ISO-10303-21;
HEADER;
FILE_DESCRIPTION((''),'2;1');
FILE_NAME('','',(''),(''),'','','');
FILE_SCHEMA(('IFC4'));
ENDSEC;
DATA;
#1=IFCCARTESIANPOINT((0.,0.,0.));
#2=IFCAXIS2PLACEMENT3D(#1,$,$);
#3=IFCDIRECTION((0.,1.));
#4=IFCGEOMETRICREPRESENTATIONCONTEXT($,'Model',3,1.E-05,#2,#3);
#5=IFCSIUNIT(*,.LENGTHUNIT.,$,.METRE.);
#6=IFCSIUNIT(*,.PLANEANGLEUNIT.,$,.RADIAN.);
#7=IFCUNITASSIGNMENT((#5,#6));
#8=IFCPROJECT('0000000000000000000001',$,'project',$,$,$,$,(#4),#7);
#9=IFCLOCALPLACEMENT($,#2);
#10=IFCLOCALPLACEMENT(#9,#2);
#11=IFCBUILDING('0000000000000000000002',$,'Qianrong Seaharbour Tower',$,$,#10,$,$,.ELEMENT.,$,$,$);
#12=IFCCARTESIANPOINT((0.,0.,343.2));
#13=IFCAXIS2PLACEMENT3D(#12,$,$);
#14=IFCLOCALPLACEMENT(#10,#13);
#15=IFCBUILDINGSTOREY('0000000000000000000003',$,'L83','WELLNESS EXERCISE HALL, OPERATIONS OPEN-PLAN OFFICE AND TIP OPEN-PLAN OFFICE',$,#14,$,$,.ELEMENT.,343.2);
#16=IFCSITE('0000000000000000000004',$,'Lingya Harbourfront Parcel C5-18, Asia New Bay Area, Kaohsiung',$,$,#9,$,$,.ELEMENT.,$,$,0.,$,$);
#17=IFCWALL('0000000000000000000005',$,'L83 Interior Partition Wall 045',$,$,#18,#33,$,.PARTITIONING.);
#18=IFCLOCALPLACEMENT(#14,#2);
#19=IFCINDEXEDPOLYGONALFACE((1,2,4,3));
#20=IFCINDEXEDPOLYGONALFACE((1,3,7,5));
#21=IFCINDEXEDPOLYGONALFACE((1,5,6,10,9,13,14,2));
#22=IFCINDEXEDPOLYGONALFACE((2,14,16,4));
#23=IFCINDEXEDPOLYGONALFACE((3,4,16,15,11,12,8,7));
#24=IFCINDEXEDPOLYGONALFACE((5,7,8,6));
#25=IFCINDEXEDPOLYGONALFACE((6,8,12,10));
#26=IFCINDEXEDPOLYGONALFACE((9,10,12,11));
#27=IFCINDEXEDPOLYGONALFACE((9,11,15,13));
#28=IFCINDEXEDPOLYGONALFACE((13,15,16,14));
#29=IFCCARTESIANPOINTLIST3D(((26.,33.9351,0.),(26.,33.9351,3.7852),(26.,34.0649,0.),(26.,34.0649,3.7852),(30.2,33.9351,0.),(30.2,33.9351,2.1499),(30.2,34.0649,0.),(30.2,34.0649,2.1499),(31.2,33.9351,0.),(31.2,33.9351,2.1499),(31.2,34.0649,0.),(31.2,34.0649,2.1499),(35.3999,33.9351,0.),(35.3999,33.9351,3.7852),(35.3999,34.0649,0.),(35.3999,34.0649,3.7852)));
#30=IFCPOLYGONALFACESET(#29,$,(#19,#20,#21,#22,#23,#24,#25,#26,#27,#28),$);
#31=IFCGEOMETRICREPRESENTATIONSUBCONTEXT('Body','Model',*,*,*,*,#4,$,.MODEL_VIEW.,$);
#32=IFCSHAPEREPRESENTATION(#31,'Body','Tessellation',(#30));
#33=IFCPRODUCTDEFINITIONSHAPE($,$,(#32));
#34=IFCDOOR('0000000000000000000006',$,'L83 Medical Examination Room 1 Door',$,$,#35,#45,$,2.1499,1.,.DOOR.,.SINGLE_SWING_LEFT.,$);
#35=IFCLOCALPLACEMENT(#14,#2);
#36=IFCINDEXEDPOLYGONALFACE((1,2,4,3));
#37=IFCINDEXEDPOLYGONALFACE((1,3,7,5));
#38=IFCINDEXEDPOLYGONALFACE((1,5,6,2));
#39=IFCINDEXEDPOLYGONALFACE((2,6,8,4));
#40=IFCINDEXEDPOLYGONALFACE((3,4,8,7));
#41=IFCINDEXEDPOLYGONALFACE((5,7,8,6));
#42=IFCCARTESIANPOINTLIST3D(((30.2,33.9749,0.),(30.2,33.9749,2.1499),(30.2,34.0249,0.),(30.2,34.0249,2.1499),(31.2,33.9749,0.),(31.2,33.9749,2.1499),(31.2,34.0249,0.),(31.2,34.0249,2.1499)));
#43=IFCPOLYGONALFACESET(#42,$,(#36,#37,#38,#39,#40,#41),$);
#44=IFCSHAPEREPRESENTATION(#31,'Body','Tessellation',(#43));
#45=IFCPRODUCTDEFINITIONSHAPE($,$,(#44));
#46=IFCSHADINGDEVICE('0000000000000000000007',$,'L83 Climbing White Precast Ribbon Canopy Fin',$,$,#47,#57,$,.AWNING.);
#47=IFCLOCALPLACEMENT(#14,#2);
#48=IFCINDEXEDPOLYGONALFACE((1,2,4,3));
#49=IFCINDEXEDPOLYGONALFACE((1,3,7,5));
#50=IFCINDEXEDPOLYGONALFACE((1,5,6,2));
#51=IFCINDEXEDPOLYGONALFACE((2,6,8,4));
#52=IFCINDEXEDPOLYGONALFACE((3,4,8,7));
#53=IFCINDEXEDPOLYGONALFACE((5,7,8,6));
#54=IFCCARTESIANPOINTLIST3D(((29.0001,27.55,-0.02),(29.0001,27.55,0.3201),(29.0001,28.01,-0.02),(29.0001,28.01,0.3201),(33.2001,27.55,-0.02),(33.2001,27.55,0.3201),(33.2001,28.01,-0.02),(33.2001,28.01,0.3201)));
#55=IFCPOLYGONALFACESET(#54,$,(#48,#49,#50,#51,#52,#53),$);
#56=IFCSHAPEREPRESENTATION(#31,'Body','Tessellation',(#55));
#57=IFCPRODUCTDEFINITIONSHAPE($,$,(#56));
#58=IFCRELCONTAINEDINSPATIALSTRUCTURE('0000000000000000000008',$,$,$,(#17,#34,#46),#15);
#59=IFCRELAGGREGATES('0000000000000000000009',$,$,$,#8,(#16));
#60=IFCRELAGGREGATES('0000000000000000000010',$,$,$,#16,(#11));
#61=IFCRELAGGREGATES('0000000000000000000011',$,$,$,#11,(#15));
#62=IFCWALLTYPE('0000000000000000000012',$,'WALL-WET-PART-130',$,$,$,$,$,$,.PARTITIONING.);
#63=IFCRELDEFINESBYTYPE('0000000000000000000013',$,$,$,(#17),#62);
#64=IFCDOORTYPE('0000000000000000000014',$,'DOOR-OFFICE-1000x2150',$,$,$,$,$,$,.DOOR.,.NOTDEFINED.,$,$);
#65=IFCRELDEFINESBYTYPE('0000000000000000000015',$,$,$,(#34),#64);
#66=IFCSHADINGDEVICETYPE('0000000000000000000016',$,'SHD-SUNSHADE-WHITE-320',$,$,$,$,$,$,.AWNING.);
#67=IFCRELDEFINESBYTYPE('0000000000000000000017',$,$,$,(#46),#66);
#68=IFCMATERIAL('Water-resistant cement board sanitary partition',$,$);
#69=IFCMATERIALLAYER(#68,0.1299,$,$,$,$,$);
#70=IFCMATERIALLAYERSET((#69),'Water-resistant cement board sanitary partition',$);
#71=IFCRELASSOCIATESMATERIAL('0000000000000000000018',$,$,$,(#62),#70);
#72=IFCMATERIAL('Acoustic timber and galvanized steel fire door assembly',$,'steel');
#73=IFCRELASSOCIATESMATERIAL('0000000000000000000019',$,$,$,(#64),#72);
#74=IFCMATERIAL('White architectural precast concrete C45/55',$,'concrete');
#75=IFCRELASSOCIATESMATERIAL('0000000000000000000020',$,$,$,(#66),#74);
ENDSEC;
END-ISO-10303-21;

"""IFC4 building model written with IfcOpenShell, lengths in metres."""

from ifc_helpers import new_model, si_unit, direction, frame, frame_2d, origin, origin_2d, place, context, subcontext, project, spatial, rectangle, extrude, material, layer, layer_set, type_object, element, fill, save


model = new_model("IFC4")

# Units and contexts
model_context = context("Model", 3, precision=1e-05, world=origin(), true_north=direction((0.0, 1.0)))
body_context = subcontext(model_context, "Body", "Model", "MODEL_VIEW")
ifc_project = project(units=[si_unit("LENGTHUNIT", "METRE"), si_unit("PLANEANGLEUNIT", "RADIAN")], contexts=[model_context])

# Site, building, storey
site_placement = place(None, origin())
site = spatial("IfcSite", under=ifc_project, at=site_placement, Name="Lingya Harbourfront Parcel C5-18, Asia New Bay Area, Kaohsiung", CompositionType="ELEMENT", RefElevation=0.0)
building_placement = place(site_placement, origin())
building = spatial("IfcBuilding", under=site, at=building_placement, Name="Qianrong Seaharbour Tower", CompositionType="ELEMENT")
storey_placement = place(building_placement, frame((0.0, 0.0, 343.2)))
storey = spatial("IfcBuildingStorey", under=building, at=storey_placement, Name="L83", Description="WELLNESS EXERCISE HALL, OPERATIONS OPEN-PLAN OFFICE AND TIP OPEN-PLAN OFFICE", CompositionType="ELEMENT", Elevation=343.2)

# Wall, opening, door
ifc_material_1 = material(Name="Water-resistant cement board sanitary partition")
ifc_layer_1 = layer(ifc_material_1, 0.1299)
ifc_layer_set_1 = layer_set([ifc_layer_1], Name="Water-resistant cement board sanitary partition")
wall_type_1 = type_object("IfcWallType", Name="WALL-WET-PART-130", PredefinedType="PARTITIONING", material=ifc_layer_set_1)
ifc_material_2 = material(Name="Acoustic timber and galvanized steel fire door assembly", Category="steel")
door_type = type_object("IfcDoorType", Name="DOOR-OFFICE-1000x2150", OperationType="NOTDEFINED", PredefinedType="DOOR", material=ifc_material_2)
wall_1_placement = place(storey_placement, frame((26.0, 34.0, 0.0), z_axis=(0.0, 0.0, 1.0), x_axis=(1.0, 0.0, 0.0)))
wall_1 = element("IfcWall", 1, at=wall_1_placement, inside=storey, type_object=wall_type_1, Name="L83 Interior Partition Wall 045", PredefinedType="PARTITIONING", context=body_context, shape_type="SweptSolid", body=[
    extrude(rectangle(XDim=9.3999, YDim=0.1299, at=frame_2d((4.7, 0.0))), origin(), (0.0, 0.0, 1.0), 3.7852),
])
opening_1_placement = place(wall_1_placement, frame((4.2, 0.0, 0.0)))
opening_1 = element("IfcOpeningElement", 2, at=opening_1_placement, cuts=wall_1, PredefinedType="OPENING", context=body_context, shape_type="SweptSolid", body=[
    extrude(rectangle(XDim=1.0, YDim=2.1499, at=frame_2d((0.5, 1.075))), frame((0.0, 0.075, 0.0), z_axis=(0.0, -1.0, 0.0), x_axis=(1.0, 0.0, 0.0)), (0.0, 0.0, 1.0), 0.1499),
])
door_1_placement = place(opening_1_placement, origin())
door_1 = element("IfcDoor", 3, at=door_1_placement, inside=storey, type_object=door_type, Name="L83 Medical Examination Room 1 Door", OperationType="SINGLE_SWING_LEFT", OverallHeight=2.1499, OverallWidth=1.0, PredefinedType="DOOR", context=body_context, shape_type="SweptSolid", body=[
    extrude(rectangle(XDim=1.0, YDim=2.1499, at=frame_2d((0.5, 1.075))), frame((0.0, 0.0249, 0.0), z_axis=(0.0, -1.0, 0.0), x_axis=(1.0, 0.0, 0.0)), (0.0, 0.0, 1.0), 0.05),
])
fill(opening_1, door_1)

# Shading device
ifc_material_3 = material(Name="White architectural precast concrete C45/55", Category="concrete")
shading_device_type = type_object("IfcShadingDeviceType", Name="SHD-SUNSHADE-WHITE-320", PredefinedType="AWNING", material=ifc_material_3)
shading_device_placement = place(storey_placement, frame((31.1001, 27.78, -0.02), z_axis=(0.0, 0.0, 1.0), x_axis=(1.0, 0.0, 0.0)))
element("IfcShadingDevice", 4, at=shading_device_placement, inside=storey, type_object=shading_device_type, Name="L83 Climbing White Precast Ribbon Canopy Fin", PredefinedType="AWNING", context=body_context, shape_type="SweptSolid", body=[
    extrude(rectangle(XDim=4.2, YDim=0.46, at=origin_2d()), origin(), (0.0, 0.0, 1.0), 0.3401),
])

save(model, "model.ifc")
